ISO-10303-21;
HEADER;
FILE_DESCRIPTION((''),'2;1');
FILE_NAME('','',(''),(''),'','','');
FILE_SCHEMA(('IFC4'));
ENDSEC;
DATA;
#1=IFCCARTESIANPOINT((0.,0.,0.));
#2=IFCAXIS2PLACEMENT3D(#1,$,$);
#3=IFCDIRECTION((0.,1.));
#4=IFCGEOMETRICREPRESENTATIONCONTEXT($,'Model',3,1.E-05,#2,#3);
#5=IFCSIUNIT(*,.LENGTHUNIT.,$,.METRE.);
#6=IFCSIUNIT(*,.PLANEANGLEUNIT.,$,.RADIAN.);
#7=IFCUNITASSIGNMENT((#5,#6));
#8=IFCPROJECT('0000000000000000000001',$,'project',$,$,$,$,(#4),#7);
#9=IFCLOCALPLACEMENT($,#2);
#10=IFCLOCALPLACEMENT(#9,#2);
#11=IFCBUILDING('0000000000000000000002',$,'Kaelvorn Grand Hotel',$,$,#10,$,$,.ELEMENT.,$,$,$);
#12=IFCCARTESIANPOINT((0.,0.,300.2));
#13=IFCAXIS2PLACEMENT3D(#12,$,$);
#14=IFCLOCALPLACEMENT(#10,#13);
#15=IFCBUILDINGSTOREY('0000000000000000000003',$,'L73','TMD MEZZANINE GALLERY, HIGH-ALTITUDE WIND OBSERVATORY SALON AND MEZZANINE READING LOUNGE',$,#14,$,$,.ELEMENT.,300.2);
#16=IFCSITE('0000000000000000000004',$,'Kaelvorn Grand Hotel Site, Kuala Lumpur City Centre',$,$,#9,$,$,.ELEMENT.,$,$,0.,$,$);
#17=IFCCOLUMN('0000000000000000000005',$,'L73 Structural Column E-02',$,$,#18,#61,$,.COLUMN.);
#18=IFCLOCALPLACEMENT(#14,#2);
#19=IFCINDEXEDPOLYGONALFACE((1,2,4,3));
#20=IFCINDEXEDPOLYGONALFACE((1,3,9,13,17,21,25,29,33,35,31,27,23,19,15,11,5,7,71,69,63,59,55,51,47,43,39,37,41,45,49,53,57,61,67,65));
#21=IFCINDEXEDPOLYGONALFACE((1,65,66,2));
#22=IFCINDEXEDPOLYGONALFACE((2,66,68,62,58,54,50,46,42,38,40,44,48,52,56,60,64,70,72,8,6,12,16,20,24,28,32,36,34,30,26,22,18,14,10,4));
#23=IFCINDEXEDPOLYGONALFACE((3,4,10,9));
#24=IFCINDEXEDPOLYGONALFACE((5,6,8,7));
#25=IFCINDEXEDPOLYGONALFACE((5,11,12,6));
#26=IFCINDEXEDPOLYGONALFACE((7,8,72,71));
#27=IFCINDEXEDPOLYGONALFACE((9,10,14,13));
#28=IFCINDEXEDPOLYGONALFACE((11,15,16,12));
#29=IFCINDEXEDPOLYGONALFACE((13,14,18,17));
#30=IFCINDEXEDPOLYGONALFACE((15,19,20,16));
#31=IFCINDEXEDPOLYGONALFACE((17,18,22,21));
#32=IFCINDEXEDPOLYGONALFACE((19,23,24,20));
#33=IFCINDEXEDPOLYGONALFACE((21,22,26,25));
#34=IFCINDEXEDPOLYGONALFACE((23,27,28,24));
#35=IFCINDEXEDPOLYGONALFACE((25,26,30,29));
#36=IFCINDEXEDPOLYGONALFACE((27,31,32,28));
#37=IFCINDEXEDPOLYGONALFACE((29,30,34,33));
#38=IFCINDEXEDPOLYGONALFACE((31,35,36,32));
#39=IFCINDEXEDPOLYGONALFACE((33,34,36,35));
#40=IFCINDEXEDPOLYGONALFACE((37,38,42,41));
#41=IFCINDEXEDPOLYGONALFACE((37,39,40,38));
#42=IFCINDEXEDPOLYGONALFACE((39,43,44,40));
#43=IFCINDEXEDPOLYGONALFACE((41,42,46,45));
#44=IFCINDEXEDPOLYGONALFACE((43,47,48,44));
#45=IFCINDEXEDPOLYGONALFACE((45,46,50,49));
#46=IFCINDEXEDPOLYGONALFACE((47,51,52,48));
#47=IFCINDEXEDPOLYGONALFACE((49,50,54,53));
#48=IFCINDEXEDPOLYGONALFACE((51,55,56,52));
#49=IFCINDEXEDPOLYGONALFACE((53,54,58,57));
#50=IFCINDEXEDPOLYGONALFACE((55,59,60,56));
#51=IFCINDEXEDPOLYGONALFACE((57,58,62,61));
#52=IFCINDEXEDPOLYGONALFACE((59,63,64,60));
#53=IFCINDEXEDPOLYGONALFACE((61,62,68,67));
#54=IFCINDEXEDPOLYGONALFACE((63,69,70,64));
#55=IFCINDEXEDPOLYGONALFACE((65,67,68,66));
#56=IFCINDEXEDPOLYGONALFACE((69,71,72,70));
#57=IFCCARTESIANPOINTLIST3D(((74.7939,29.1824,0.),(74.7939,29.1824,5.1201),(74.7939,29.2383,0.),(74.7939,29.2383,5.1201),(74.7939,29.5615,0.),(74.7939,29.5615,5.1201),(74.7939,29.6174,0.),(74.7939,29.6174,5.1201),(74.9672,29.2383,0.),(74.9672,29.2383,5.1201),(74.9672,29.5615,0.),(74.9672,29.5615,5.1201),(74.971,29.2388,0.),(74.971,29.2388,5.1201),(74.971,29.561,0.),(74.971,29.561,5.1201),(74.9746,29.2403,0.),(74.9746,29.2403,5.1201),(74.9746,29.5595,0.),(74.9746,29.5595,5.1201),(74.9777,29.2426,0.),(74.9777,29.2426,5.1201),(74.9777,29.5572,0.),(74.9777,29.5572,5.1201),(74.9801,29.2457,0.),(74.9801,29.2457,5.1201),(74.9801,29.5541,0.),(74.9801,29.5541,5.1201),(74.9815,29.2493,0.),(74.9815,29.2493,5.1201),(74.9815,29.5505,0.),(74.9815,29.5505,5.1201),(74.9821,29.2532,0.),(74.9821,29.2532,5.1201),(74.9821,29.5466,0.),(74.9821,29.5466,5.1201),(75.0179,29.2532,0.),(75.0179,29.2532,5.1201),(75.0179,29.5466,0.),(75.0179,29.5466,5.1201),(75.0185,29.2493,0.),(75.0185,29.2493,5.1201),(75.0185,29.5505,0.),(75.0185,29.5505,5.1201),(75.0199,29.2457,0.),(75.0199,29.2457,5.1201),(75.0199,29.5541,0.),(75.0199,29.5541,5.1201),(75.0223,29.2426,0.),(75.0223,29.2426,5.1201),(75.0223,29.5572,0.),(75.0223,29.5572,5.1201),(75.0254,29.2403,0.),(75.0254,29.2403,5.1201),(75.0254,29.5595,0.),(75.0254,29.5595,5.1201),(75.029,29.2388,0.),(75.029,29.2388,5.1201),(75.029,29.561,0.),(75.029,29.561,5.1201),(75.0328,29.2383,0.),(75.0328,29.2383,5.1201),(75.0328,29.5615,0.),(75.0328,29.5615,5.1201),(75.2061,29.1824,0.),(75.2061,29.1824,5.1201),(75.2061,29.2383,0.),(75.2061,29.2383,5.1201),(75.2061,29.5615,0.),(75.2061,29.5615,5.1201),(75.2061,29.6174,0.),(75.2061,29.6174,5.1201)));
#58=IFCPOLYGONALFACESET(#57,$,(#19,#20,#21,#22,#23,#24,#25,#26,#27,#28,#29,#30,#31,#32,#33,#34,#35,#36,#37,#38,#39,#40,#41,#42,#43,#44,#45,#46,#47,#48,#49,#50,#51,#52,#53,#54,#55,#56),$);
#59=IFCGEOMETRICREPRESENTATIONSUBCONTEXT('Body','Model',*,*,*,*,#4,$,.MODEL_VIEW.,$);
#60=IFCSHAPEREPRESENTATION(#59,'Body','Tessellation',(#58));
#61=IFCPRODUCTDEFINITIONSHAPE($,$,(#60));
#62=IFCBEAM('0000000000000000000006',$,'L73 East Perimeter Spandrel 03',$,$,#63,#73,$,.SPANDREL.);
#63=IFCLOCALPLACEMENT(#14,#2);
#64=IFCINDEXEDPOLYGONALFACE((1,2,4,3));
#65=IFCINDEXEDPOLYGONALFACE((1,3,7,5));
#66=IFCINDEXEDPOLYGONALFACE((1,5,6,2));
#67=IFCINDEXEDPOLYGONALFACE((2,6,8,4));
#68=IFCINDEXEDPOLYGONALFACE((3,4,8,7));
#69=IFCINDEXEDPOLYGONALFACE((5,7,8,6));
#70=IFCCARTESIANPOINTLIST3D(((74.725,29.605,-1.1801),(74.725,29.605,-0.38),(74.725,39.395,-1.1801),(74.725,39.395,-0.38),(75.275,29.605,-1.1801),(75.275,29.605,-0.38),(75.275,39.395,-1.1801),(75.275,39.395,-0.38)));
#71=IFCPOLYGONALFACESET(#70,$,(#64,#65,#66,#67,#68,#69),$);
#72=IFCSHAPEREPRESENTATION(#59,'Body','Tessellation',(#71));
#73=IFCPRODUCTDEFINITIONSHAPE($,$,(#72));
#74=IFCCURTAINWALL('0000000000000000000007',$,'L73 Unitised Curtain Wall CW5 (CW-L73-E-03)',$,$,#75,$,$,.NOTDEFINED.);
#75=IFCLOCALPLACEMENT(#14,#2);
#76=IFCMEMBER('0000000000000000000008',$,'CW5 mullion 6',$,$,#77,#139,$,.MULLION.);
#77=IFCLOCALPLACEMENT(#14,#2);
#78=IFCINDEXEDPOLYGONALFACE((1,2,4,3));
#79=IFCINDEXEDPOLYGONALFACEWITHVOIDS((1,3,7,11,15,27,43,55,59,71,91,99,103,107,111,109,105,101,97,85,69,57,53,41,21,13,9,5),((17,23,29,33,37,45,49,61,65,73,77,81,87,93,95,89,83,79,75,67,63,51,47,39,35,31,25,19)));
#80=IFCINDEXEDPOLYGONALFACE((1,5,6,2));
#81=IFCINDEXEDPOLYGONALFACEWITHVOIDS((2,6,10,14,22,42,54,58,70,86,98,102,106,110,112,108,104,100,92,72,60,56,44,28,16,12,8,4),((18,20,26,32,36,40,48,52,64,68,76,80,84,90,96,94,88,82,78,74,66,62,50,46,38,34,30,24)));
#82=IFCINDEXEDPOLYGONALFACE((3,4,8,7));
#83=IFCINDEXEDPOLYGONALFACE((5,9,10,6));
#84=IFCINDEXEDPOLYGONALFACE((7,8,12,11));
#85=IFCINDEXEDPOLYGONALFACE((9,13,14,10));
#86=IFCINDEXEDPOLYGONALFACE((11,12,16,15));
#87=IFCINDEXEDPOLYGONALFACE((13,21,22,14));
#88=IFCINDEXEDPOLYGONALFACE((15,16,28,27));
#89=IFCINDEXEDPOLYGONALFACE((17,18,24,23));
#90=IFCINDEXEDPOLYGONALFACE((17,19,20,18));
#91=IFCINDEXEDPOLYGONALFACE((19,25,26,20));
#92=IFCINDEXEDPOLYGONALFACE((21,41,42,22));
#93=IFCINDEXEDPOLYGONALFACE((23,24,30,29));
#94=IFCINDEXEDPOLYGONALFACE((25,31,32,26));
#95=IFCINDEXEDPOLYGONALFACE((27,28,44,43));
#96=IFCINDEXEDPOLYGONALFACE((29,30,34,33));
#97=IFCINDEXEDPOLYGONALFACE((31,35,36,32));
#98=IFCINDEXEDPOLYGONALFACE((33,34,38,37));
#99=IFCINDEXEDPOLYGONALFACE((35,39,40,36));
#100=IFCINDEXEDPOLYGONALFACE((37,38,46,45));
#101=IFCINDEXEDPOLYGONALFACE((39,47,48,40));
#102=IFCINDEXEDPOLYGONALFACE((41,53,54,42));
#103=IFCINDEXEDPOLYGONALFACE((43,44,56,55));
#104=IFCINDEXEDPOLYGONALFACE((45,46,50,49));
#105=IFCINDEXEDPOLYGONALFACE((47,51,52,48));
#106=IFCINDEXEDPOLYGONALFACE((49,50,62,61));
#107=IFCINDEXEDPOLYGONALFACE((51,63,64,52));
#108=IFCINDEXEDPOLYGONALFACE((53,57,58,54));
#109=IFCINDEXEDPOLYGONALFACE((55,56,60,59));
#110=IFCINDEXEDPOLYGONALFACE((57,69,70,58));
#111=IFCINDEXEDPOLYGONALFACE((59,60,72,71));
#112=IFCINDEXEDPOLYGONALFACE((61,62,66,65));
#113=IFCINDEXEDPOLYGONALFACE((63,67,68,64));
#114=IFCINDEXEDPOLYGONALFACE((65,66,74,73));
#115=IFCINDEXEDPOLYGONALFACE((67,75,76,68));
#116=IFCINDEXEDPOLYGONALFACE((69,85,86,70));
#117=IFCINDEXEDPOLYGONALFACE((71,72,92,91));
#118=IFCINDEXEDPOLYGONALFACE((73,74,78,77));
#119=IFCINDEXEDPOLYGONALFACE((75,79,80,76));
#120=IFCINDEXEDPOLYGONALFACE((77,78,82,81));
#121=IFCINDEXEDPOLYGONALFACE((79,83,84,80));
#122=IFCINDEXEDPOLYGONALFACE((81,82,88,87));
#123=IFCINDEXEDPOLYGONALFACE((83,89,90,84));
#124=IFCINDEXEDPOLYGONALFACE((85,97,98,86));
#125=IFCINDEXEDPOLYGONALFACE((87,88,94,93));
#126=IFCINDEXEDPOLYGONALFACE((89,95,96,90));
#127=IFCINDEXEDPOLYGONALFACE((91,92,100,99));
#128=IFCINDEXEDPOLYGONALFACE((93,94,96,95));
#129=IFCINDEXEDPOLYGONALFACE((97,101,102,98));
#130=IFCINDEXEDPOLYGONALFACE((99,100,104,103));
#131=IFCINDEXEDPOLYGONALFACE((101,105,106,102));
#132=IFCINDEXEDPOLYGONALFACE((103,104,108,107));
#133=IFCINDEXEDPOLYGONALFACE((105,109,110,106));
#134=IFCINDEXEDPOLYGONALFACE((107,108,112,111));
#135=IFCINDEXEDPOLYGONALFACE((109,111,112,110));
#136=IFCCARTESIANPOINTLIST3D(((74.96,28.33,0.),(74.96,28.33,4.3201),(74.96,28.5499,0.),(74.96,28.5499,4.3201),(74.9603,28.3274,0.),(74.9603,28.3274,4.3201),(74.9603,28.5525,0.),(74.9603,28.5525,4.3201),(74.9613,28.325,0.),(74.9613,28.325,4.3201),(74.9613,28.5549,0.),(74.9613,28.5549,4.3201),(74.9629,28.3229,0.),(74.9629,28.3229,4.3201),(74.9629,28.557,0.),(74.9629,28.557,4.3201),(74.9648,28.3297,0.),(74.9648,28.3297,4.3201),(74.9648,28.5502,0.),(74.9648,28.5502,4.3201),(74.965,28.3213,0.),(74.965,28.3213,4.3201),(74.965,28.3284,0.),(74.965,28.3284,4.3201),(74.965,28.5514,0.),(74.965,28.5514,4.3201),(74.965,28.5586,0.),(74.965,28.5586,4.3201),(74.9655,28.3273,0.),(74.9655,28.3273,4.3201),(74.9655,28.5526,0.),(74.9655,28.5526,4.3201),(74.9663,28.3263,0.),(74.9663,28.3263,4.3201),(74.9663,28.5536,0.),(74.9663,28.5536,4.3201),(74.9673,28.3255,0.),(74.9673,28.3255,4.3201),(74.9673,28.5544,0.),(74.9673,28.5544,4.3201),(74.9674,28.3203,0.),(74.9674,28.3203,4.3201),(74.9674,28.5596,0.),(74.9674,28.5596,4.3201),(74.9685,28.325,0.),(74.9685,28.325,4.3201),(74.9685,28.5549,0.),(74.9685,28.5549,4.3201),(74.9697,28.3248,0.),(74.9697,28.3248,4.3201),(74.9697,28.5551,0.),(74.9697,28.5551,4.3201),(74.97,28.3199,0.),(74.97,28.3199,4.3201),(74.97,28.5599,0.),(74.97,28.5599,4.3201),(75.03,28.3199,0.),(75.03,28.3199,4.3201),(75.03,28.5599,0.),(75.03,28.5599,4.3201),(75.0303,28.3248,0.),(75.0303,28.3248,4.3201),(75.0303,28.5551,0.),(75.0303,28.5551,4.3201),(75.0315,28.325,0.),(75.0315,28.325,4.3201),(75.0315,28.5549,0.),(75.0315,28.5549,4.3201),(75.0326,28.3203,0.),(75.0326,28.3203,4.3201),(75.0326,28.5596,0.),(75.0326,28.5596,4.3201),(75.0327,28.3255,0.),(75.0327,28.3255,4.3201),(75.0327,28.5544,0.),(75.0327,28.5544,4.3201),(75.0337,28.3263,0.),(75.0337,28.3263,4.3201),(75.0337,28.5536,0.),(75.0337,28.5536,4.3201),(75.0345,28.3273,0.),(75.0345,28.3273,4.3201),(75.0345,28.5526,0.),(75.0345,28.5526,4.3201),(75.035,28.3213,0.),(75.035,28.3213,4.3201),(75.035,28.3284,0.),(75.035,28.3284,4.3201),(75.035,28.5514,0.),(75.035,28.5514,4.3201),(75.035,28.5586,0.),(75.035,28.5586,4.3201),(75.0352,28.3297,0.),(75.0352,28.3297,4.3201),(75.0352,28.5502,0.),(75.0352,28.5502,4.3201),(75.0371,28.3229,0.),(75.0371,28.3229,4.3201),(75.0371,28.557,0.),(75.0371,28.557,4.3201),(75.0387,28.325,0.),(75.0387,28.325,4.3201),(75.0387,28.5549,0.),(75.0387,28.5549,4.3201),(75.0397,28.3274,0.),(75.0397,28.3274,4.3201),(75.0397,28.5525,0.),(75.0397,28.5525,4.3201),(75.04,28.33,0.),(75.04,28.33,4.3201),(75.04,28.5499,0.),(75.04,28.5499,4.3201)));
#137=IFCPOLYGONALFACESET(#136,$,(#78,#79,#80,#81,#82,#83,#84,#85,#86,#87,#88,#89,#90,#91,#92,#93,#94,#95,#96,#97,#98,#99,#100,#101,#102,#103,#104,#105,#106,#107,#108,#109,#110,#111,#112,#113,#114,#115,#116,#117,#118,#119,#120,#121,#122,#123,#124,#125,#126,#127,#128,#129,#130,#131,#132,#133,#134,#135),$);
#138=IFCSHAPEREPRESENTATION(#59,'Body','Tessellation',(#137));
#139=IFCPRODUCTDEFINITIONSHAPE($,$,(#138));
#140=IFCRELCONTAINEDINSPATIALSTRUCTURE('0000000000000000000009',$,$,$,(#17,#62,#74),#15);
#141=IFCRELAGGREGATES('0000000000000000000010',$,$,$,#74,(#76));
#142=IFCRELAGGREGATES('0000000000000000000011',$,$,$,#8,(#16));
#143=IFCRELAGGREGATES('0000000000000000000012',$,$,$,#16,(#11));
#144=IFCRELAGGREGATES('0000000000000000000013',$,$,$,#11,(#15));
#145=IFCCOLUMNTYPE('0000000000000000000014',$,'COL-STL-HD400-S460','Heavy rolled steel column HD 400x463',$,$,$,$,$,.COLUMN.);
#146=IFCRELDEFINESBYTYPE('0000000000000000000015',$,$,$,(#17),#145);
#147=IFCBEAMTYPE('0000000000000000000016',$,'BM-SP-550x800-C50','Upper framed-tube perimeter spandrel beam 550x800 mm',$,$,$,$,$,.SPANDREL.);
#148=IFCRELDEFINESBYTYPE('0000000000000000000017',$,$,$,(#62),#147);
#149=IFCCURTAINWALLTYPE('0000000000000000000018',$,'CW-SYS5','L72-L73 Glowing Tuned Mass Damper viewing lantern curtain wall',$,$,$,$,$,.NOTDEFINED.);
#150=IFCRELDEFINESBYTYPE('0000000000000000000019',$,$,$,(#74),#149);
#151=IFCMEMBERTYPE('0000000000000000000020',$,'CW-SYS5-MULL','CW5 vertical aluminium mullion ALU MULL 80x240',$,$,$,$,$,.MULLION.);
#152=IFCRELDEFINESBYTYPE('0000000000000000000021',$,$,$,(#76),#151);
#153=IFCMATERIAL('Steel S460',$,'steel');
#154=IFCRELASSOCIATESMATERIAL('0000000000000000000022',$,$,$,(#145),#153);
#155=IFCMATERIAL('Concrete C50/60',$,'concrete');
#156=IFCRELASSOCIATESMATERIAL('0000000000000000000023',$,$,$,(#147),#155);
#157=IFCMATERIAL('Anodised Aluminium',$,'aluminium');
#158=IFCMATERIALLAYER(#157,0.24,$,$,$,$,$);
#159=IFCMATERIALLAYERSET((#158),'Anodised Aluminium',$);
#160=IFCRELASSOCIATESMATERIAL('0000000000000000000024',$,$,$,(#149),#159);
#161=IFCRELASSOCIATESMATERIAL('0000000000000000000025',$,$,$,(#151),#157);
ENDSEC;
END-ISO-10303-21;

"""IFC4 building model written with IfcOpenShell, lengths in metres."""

from ifc_helpers import new_model, si_unit, direction, frame, origin, origin_2d, place, context, subcontext, project, spatial, rectangle, hollow_rectangle, i_section, extrude, material, layer, layer_set, material_profile, profile_set, type_object, element, aggregate, save


model = new_model("IFC4")

# Units and contexts
model_context = context("Model", 3, precision=1e-05, world=origin(), true_north=direction((0.0, 1.0)))
body_context = subcontext(model_context, "Body", "Model", "MODEL_VIEW")
ifc_project = project(units=[si_unit("LENGTHUNIT", "METRE"), si_unit("PLANEANGLEUNIT", "RADIAN")], contexts=[model_context])

# Site, building, storey
site_placement = place(None, origin())
site = spatial("IfcSite", under=ifc_project, at=site_placement, Name="Kaelvorn Grand Hotel Site, Kuala Lumpur City Centre", CompositionType="ELEMENT", RefElevation=0.0)
building_placement = place(site_placement, origin())
building = spatial("IfcBuilding", under=site, at=building_placement, Name="Kaelvorn Grand Hotel", CompositionType="ELEMENT")
storey_placement = place(building_placement, frame((0.0, 0.0, 300.2)))
storey = spatial("IfcBuildingStorey", under=building, at=storey_placement, Name="L73", Description="TMD MEZZANINE GALLERY, HIGH-ALTITUDE WIND OBSERVATORY SALON AND MEZZANINE READING LOUNGE", CompositionType="ELEMENT", Elevation=300.2)

# Column
ifc_material_1 = material(Name="Steel S460", Category="steel")
ifc_material_profile_1 = material_profile(ifc_material_1, i_section(OverallWidth=0.4121, OverallDepth=0.4351, WebThickness=0.0359, FlangeThickness=0.0559, FilletRadius=0.0149, at=origin_2d()), Name="HD 400x463")
ifc_profile_set_1 = profile_set([ifc_material_profile_1], Name="Steel S460")
column_type = type_object("IfcColumnType", Name="COL-STL-HD400-S460", Description="Heavy rolled steel column HD 400x463", PredefinedType="COLUMN", material=ifc_profile_set_1)
column_placement = place(storey_placement, frame((75.0, 29.3999, 0.0), z_axis=(0.0, 0.0, 1.0), x_axis=(1.0, 0.0, 0.0)))
element("IfcColumn", 1, at=column_placement, inside=storey, type_object=column_type, Name="L73 Structural Column E-02", PredefinedType="COLUMN", context=body_context, shape_type="SweptSolid", body=[
    extrude(i_section(OverallWidth=0.4121, OverallDepth=0.4351, WebThickness=0.0359, FlangeThickness=0.0559, FilletRadius=0.0149, at=origin_2d()), origin(), (0.0, 0.0, 1.0), 5.1201),
])

# Beam
ifc_material_2 = material(Name="Concrete C50/60", Category="concrete")
ifc_material_profile_2 = material_profile(ifc_material_2, rectangle(XDim=0.55, YDim=0.8, at=origin_2d()), Name="RC SPANDREL 550x800")
ifc_profile_set_2 = profile_set([ifc_material_profile_2], Name="Concrete C50/60")
beam_type = type_object("IfcBeamType", Name="BM-SP-550x800-C50", Description="Upper framed-tube perimeter spandrel beam 550x800 mm", PredefinedType="SPANDREL", material=ifc_profile_set_2)
beam_placement = place(storey_placement, frame((75.0, 29.605, -0.78), z_axis=(0.0, 1.0, 0.0), x_axis=(-1.0, 0.0, 0.0)))
element("IfcBeam", 2, at=beam_placement, inside=storey, type_object=beam_type, Name="L73 East Perimeter Spandrel 03", PredefinedType="SPANDREL", context=body_context, shape_type="SweptSolid", body=[
    extrude(rectangle(XDim=0.55, YDim=0.8, at=origin_2d()), origin(), (0.0, 0.0, 1.0), 9.79),
])

# Curtain wall, member
ifc_material_3 = material(Name="Anodised Aluminium", Category="aluminium")
ifc_layer_1 = layer(ifc_material_3, 0.24)
ifc_layer_set_1 = layer_set([ifc_layer_1], Name="Anodised Aluminium")
curtain_wall_type = type_object("IfcCurtainWallType", Name="CW-SYS5", Description="L72-L73 Glowing Tuned Mass Damper viewing lantern curtain wall", PredefinedType="NOTDEFINED", material=ifc_layer_set_1)
curtain_wall_1_placement = place(storey_placement, origin())
curtain_wall_1 = element("IfcCurtainWall", 3, at=curtain_wall_1_placement, inside=storey, type_object=curtain_wall_type, Name="L73 Unitised Curtain Wall CW5 (CW-L73-E-03)", PredefinedType="NOTDEFINED")
ifc_material_profile_3 = material_profile(ifc_material_3, hollow_rectangle(XDim=0.0801, YDim=0.24, WallThickness=0.0049, InnerFilletRadius=0.0049, OuterFilletRadius=0.01, at=origin_2d()), Name="ALU MULL 80x240")
ifc_profile_set_3 = profile_set([ifc_material_profile_3], Name="Anodised Aluminium")
member_type_1 = type_object("IfcMemberType", Name="CW-SYS5-MULL", Description="CW5 vertical aluminium mullion ALU MULL 80x240", PredefinedType="MULLION", material=ifc_profile_set_3)
member_1_placement = place(storey_placement, frame((75.0, 28.4399, 0.0), z_axis=(0.0, 0.0, 1.0), x_axis=(-1.0, 0.0, 0.0)))
member_1 = element("IfcMember", 4, at=member_1_placement, type_object=member_type_1, Name="CW5 mullion 6", PredefinedType="MULLION", context=body_context, shape_type="SweptSolid", body=[
    extrude(hollow_rectangle(XDim=0.0801, YDim=0.24, WallThickness=0.0049, InnerFilletRadius=0.0049, OuterFilletRadius=0.01, at=origin_2d()), origin(), (0.0, 0.0, 1.0), 4.3201),
])
aggregate(curtain_wall_1, [member_1])

save(model, "model.ifc")
